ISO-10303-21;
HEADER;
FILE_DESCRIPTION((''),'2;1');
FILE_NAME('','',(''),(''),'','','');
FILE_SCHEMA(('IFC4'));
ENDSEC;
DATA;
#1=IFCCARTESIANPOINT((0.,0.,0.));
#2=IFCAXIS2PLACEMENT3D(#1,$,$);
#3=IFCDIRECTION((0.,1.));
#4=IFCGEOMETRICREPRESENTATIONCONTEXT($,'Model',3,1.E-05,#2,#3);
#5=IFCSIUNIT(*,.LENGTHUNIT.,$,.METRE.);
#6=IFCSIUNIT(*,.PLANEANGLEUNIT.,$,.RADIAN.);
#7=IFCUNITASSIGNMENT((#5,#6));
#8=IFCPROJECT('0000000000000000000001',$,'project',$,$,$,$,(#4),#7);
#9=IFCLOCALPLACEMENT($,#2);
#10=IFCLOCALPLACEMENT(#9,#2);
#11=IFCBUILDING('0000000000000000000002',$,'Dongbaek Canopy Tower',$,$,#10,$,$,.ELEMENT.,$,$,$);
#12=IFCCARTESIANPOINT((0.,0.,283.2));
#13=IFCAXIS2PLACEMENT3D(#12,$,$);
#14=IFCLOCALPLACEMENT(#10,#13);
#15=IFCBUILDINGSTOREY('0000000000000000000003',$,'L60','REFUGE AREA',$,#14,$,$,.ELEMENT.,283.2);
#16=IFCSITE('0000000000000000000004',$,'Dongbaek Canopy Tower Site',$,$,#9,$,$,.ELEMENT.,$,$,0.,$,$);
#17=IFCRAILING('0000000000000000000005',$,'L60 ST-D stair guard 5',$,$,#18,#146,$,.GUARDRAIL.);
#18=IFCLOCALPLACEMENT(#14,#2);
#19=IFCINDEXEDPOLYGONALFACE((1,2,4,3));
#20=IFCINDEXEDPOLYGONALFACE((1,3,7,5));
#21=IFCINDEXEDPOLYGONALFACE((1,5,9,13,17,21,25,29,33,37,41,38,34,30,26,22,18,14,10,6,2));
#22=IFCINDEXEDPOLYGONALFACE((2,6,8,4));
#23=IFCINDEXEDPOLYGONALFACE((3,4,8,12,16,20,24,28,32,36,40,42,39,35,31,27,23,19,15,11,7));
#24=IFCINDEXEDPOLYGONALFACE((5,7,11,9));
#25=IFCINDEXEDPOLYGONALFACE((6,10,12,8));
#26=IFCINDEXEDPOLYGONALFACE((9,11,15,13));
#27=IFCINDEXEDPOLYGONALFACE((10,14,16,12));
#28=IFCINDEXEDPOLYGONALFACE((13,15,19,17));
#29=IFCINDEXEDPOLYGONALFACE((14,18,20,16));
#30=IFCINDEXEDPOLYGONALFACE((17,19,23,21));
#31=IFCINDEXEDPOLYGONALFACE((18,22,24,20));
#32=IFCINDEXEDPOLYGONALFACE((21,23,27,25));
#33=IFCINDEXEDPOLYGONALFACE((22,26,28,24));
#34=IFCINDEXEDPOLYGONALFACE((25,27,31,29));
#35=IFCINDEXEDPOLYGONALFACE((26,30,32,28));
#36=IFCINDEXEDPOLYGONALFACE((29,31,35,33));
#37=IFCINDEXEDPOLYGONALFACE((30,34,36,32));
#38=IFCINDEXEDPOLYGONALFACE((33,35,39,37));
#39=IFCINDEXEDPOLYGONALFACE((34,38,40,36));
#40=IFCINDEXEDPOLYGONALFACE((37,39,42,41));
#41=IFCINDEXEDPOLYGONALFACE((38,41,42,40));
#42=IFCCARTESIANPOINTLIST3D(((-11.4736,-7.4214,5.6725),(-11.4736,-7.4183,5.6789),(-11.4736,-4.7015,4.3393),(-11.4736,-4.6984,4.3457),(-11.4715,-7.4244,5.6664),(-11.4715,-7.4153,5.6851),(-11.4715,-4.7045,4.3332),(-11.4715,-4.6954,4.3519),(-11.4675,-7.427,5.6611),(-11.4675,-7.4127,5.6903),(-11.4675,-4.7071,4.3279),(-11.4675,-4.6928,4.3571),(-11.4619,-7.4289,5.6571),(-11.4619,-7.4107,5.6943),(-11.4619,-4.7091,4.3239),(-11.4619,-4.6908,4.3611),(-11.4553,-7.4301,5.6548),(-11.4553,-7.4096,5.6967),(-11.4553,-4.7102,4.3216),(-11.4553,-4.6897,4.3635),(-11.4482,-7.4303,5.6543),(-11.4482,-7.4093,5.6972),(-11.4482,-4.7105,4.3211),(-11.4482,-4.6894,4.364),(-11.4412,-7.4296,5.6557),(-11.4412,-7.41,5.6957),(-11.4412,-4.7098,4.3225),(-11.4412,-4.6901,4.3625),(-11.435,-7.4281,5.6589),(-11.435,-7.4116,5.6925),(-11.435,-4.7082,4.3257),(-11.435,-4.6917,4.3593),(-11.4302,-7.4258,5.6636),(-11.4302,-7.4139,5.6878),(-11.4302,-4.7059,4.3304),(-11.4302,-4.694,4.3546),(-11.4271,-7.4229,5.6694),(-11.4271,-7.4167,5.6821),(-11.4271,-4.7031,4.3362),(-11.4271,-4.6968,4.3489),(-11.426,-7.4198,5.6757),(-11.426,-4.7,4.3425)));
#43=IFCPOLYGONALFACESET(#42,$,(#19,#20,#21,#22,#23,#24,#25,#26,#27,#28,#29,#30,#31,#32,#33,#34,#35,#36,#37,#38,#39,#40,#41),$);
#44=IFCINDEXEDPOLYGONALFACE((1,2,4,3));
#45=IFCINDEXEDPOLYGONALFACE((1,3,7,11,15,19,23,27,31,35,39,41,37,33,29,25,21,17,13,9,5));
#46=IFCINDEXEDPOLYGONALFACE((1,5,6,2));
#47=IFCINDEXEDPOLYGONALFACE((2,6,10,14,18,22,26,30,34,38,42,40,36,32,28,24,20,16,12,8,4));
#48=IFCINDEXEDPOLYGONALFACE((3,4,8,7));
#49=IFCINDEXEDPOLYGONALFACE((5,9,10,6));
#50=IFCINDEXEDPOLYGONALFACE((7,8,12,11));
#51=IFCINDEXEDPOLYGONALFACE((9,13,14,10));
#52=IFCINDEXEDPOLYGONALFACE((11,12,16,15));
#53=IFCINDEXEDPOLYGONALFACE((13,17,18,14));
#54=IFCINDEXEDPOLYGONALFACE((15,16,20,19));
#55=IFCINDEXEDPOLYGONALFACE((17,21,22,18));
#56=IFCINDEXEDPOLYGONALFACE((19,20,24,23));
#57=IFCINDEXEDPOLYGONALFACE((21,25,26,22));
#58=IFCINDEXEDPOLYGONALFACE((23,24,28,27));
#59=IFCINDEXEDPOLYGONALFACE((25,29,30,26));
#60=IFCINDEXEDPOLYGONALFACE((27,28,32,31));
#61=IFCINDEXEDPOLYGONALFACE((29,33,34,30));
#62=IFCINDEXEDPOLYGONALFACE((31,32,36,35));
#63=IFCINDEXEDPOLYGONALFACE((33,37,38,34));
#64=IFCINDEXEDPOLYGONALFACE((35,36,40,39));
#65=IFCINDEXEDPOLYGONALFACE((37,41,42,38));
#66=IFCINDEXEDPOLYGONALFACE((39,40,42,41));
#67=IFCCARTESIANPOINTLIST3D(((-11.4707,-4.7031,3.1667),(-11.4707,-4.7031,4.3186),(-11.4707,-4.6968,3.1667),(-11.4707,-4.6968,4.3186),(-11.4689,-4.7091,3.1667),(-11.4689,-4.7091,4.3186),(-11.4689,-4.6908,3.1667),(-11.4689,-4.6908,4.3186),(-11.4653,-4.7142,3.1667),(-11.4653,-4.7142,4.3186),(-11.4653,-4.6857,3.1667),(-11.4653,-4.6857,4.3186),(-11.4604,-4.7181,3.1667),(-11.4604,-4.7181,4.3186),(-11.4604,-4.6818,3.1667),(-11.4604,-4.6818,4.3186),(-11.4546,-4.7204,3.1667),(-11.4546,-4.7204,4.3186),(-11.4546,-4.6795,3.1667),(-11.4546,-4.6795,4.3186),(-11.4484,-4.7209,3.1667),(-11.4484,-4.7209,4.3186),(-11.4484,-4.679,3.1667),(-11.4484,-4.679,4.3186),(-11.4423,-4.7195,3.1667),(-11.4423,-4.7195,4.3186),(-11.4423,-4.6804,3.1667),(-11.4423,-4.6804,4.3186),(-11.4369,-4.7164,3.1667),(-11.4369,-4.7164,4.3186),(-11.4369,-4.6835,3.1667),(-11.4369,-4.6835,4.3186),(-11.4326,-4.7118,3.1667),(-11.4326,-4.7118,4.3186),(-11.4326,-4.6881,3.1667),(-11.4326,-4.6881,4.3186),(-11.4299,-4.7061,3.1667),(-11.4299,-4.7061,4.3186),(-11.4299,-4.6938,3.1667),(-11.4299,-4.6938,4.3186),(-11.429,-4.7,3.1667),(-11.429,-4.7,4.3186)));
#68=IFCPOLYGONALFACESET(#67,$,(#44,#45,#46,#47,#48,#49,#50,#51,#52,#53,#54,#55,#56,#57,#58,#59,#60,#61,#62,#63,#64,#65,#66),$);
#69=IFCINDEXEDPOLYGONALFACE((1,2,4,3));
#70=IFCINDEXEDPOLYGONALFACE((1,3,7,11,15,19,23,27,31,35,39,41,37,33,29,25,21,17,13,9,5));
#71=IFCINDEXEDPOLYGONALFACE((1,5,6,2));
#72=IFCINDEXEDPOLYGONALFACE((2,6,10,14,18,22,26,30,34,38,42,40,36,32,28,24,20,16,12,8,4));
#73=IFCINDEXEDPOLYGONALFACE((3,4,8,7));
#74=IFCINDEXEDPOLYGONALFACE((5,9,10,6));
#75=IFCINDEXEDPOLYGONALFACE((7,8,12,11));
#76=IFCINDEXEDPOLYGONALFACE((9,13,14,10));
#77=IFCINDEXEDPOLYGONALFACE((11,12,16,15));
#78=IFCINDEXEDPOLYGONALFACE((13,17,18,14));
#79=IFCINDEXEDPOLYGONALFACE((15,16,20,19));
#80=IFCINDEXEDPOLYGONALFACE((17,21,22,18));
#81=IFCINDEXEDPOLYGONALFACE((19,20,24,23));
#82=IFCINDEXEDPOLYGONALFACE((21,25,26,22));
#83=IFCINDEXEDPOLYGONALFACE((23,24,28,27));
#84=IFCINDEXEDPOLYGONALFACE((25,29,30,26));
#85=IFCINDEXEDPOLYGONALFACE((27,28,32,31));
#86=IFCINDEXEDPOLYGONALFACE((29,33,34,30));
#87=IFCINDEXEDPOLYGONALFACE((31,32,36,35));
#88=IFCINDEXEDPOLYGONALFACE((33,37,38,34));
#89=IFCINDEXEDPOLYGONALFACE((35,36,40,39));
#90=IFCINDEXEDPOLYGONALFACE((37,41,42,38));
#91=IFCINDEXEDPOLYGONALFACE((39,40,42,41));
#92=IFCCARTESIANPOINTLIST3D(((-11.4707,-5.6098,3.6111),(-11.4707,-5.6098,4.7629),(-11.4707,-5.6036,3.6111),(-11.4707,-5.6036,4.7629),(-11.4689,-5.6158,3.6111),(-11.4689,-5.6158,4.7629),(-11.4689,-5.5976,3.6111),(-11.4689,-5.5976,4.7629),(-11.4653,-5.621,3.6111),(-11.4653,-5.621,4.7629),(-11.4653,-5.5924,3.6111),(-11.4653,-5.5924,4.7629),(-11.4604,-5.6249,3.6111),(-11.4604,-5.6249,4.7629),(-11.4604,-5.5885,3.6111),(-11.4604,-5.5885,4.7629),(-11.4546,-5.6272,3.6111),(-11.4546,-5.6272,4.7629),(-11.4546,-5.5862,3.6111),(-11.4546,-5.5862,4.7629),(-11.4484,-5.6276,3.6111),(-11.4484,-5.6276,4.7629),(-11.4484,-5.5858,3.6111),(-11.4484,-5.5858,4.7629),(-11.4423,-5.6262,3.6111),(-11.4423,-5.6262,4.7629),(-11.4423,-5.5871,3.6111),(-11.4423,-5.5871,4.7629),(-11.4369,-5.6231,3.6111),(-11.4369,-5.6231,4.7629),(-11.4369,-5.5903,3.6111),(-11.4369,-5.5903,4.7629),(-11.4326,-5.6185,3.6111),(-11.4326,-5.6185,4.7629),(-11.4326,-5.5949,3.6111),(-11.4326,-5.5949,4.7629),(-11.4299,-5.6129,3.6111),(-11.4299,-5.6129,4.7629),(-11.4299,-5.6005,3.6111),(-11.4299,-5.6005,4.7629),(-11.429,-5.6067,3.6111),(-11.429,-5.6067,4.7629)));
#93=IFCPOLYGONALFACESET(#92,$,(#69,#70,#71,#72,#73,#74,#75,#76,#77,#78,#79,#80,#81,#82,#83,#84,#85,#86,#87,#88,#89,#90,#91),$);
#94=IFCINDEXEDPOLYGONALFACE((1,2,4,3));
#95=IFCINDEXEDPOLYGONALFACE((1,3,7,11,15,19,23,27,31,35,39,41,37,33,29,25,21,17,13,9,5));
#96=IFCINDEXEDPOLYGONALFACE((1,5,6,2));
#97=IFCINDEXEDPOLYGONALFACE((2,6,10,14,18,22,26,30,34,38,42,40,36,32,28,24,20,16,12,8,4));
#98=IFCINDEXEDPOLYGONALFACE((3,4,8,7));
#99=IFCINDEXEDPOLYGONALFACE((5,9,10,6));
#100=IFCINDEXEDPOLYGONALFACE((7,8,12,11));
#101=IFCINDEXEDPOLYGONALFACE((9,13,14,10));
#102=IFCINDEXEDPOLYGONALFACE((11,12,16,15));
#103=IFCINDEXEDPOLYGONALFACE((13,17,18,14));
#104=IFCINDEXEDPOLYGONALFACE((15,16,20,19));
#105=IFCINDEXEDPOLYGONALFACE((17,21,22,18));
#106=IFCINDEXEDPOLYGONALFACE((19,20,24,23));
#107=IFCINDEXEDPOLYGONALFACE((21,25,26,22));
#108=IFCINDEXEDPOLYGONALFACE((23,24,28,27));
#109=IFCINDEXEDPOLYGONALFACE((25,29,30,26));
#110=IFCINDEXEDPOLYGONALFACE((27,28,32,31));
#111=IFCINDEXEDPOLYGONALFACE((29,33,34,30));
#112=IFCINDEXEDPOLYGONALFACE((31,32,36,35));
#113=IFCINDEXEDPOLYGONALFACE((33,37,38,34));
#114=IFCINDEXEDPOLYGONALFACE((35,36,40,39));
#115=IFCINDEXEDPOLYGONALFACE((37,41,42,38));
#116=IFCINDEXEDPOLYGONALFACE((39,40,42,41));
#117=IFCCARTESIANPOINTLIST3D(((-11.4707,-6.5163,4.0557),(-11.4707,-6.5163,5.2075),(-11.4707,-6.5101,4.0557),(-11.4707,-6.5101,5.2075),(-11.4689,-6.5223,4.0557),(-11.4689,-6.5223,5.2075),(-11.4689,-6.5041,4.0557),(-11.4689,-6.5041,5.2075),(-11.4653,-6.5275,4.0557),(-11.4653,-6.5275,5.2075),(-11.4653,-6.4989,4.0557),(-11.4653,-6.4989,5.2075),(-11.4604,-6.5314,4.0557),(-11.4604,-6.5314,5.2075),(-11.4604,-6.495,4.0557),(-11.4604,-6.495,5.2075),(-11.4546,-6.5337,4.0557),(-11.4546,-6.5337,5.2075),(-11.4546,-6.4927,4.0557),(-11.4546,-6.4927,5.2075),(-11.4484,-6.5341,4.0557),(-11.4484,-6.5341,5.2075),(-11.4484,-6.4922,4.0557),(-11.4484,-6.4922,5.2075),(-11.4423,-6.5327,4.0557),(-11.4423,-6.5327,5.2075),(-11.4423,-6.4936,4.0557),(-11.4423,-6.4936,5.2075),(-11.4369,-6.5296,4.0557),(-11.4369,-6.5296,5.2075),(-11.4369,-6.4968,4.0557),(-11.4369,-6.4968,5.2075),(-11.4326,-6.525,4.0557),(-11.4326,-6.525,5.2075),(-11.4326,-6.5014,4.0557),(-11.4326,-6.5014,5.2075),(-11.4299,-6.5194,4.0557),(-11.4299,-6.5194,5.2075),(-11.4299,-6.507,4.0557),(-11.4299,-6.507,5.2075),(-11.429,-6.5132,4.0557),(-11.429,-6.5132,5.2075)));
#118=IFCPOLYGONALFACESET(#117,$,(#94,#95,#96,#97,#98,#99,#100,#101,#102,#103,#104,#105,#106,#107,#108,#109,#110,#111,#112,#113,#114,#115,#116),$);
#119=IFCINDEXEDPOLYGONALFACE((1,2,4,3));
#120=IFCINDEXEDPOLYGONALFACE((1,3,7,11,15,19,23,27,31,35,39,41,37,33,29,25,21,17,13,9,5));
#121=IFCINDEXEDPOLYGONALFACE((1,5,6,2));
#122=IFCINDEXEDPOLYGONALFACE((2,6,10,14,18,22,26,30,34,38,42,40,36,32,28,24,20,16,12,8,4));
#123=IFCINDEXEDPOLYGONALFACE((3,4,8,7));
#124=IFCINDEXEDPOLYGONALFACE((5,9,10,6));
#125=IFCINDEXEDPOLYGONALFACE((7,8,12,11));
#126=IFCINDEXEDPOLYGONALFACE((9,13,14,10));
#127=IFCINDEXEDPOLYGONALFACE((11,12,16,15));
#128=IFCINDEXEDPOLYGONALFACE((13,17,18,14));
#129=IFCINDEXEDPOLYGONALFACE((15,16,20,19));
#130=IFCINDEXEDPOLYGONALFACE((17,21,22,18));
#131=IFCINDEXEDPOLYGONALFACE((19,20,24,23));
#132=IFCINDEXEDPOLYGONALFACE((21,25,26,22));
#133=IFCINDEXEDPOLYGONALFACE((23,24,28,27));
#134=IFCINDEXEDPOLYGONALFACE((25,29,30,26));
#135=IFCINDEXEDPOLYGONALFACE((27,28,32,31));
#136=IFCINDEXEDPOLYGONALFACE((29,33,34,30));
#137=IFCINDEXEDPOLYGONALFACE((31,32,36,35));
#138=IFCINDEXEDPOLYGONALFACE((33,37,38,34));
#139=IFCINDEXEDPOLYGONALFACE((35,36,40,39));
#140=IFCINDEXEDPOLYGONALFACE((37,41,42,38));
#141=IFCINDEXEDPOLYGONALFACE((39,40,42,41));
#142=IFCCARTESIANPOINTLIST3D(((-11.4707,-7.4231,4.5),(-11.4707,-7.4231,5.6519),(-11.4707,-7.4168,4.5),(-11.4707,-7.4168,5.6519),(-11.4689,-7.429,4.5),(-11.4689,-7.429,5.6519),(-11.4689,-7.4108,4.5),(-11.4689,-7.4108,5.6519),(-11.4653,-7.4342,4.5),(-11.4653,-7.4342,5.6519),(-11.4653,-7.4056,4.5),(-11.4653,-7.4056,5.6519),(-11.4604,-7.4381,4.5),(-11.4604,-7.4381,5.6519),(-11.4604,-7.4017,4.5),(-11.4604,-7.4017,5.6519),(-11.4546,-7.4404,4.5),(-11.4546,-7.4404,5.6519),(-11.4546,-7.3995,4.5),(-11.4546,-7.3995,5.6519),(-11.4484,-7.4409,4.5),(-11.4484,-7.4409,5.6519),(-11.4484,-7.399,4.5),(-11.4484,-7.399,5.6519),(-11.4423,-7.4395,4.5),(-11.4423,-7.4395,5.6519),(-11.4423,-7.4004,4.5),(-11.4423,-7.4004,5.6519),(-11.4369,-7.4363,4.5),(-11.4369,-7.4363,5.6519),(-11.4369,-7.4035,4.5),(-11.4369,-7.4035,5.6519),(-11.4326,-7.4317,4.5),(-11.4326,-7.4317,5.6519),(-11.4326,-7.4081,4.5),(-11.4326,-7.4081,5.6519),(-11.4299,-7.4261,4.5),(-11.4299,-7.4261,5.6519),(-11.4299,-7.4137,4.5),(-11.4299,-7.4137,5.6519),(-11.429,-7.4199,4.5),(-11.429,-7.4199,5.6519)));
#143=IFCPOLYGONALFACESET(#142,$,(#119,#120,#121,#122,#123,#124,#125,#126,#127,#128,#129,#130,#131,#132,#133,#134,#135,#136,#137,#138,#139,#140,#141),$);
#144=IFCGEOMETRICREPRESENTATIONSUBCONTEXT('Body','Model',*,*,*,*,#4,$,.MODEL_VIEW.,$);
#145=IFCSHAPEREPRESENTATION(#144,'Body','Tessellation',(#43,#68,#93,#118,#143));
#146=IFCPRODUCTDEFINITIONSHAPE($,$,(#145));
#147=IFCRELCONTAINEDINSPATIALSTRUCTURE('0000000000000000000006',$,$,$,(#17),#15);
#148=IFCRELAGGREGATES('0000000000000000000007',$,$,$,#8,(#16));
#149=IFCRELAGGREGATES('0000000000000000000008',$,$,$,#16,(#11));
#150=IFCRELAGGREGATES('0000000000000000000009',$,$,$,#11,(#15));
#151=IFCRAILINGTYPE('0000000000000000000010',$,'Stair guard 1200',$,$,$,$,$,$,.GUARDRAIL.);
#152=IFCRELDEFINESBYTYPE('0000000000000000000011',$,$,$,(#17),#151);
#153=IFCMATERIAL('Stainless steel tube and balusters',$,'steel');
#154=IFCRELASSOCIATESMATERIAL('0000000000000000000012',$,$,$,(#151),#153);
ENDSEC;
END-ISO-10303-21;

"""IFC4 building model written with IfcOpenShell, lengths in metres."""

from ifc_helpers import new_model, si_unit, direction, frame, origin, origin_2d, place, context, subcontext, project, spatial, circle, extrude, material, type_object, element, save


model = new_model("IFC4")

# Units and contexts
model_context = context("Model", 3, precision=1e-05, world=origin(), true_north=direction((0.0, 1.0)))
body_context = subcontext(model_context, "Body", "Model", "MODEL_VIEW")
ifc_project = project(units=[si_unit("LENGTHUNIT", "METRE"), si_unit("PLANEANGLEUNIT", "RADIAN")], contexts=[model_context])

# Site, building, storey
site_placement = place(None, origin())
site = spatial("IfcSite", under=ifc_project, at=site_placement, Name="Dongbaek Canopy Tower Site", CompositionType="ELEMENT", RefElevation=0.0)
building_placement = place(site_placement, origin())
building = spatial("IfcBuilding", under=site, at=building_placement, Name="Dongbaek Canopy Tower", CompositionType="ELEMENT")
storey_placement = place(building_placement, frame((0.0, 0.0, 283.2)))
storey = spatial("IfcBuildingStorey", under=building, at=storey_placement, Name="L60", Description="REFUGE AREA", CompositionType="ELEMENT", Elevation=283.2)

# Railing
ifc_material_1 = material(Name="Stainless steel tube and balusters", Category="steel")
railing_type_1 = type_object("IfcRailingType", Name="Stair guard 1200", PredefinedType="GUARDRAIL", material=ifc_material_1)
railing_1_placement = place(storey_placement, frame((-11.45, -4.7, 3.1667)))
element("IfcRailing", 1, at=railing_1_placement, inside=storey, type_object=railing_type_1, Name="L60 ST-D stair guard 5", PredefinedType="GUARDRAIL", context=body_context, shape_type="SweptSolid", body=[
    extrude(circle(Radius=0.0239, at=origin_2d()), frame((0.0, 0.0, 1.1758), z_axis=(0.0, -0.897929, 0.440139), x_axis=(1.0, 0.0, 0.0)), (0.0, 0.0, 1.0), 3.0291),
    extrude(circle(Radius=0.021, at=origin_2d()), origin(), (0.0, 0.0, 1.0), 1.1519),
    extrude(circle(Radius=0.021, at=origin_2d()), frame((0.0, -0.9067, 0.4443)), (0.0, 0.0, 1.0), 1.1519),
    extrude(circle(Radius=0.021, at=origin_2d()), frame((0.0, -1.8132, 0.8889)), (0.0, 0.0, 1.0), 1.1519),
    extrude(circle(Radius=0.021, at=origin_2d()), frame((0.0, -2.72, 1.3333)), (0.0, 0.0, 1.0), 1.1519),
])

save(model, "model.ifc")
